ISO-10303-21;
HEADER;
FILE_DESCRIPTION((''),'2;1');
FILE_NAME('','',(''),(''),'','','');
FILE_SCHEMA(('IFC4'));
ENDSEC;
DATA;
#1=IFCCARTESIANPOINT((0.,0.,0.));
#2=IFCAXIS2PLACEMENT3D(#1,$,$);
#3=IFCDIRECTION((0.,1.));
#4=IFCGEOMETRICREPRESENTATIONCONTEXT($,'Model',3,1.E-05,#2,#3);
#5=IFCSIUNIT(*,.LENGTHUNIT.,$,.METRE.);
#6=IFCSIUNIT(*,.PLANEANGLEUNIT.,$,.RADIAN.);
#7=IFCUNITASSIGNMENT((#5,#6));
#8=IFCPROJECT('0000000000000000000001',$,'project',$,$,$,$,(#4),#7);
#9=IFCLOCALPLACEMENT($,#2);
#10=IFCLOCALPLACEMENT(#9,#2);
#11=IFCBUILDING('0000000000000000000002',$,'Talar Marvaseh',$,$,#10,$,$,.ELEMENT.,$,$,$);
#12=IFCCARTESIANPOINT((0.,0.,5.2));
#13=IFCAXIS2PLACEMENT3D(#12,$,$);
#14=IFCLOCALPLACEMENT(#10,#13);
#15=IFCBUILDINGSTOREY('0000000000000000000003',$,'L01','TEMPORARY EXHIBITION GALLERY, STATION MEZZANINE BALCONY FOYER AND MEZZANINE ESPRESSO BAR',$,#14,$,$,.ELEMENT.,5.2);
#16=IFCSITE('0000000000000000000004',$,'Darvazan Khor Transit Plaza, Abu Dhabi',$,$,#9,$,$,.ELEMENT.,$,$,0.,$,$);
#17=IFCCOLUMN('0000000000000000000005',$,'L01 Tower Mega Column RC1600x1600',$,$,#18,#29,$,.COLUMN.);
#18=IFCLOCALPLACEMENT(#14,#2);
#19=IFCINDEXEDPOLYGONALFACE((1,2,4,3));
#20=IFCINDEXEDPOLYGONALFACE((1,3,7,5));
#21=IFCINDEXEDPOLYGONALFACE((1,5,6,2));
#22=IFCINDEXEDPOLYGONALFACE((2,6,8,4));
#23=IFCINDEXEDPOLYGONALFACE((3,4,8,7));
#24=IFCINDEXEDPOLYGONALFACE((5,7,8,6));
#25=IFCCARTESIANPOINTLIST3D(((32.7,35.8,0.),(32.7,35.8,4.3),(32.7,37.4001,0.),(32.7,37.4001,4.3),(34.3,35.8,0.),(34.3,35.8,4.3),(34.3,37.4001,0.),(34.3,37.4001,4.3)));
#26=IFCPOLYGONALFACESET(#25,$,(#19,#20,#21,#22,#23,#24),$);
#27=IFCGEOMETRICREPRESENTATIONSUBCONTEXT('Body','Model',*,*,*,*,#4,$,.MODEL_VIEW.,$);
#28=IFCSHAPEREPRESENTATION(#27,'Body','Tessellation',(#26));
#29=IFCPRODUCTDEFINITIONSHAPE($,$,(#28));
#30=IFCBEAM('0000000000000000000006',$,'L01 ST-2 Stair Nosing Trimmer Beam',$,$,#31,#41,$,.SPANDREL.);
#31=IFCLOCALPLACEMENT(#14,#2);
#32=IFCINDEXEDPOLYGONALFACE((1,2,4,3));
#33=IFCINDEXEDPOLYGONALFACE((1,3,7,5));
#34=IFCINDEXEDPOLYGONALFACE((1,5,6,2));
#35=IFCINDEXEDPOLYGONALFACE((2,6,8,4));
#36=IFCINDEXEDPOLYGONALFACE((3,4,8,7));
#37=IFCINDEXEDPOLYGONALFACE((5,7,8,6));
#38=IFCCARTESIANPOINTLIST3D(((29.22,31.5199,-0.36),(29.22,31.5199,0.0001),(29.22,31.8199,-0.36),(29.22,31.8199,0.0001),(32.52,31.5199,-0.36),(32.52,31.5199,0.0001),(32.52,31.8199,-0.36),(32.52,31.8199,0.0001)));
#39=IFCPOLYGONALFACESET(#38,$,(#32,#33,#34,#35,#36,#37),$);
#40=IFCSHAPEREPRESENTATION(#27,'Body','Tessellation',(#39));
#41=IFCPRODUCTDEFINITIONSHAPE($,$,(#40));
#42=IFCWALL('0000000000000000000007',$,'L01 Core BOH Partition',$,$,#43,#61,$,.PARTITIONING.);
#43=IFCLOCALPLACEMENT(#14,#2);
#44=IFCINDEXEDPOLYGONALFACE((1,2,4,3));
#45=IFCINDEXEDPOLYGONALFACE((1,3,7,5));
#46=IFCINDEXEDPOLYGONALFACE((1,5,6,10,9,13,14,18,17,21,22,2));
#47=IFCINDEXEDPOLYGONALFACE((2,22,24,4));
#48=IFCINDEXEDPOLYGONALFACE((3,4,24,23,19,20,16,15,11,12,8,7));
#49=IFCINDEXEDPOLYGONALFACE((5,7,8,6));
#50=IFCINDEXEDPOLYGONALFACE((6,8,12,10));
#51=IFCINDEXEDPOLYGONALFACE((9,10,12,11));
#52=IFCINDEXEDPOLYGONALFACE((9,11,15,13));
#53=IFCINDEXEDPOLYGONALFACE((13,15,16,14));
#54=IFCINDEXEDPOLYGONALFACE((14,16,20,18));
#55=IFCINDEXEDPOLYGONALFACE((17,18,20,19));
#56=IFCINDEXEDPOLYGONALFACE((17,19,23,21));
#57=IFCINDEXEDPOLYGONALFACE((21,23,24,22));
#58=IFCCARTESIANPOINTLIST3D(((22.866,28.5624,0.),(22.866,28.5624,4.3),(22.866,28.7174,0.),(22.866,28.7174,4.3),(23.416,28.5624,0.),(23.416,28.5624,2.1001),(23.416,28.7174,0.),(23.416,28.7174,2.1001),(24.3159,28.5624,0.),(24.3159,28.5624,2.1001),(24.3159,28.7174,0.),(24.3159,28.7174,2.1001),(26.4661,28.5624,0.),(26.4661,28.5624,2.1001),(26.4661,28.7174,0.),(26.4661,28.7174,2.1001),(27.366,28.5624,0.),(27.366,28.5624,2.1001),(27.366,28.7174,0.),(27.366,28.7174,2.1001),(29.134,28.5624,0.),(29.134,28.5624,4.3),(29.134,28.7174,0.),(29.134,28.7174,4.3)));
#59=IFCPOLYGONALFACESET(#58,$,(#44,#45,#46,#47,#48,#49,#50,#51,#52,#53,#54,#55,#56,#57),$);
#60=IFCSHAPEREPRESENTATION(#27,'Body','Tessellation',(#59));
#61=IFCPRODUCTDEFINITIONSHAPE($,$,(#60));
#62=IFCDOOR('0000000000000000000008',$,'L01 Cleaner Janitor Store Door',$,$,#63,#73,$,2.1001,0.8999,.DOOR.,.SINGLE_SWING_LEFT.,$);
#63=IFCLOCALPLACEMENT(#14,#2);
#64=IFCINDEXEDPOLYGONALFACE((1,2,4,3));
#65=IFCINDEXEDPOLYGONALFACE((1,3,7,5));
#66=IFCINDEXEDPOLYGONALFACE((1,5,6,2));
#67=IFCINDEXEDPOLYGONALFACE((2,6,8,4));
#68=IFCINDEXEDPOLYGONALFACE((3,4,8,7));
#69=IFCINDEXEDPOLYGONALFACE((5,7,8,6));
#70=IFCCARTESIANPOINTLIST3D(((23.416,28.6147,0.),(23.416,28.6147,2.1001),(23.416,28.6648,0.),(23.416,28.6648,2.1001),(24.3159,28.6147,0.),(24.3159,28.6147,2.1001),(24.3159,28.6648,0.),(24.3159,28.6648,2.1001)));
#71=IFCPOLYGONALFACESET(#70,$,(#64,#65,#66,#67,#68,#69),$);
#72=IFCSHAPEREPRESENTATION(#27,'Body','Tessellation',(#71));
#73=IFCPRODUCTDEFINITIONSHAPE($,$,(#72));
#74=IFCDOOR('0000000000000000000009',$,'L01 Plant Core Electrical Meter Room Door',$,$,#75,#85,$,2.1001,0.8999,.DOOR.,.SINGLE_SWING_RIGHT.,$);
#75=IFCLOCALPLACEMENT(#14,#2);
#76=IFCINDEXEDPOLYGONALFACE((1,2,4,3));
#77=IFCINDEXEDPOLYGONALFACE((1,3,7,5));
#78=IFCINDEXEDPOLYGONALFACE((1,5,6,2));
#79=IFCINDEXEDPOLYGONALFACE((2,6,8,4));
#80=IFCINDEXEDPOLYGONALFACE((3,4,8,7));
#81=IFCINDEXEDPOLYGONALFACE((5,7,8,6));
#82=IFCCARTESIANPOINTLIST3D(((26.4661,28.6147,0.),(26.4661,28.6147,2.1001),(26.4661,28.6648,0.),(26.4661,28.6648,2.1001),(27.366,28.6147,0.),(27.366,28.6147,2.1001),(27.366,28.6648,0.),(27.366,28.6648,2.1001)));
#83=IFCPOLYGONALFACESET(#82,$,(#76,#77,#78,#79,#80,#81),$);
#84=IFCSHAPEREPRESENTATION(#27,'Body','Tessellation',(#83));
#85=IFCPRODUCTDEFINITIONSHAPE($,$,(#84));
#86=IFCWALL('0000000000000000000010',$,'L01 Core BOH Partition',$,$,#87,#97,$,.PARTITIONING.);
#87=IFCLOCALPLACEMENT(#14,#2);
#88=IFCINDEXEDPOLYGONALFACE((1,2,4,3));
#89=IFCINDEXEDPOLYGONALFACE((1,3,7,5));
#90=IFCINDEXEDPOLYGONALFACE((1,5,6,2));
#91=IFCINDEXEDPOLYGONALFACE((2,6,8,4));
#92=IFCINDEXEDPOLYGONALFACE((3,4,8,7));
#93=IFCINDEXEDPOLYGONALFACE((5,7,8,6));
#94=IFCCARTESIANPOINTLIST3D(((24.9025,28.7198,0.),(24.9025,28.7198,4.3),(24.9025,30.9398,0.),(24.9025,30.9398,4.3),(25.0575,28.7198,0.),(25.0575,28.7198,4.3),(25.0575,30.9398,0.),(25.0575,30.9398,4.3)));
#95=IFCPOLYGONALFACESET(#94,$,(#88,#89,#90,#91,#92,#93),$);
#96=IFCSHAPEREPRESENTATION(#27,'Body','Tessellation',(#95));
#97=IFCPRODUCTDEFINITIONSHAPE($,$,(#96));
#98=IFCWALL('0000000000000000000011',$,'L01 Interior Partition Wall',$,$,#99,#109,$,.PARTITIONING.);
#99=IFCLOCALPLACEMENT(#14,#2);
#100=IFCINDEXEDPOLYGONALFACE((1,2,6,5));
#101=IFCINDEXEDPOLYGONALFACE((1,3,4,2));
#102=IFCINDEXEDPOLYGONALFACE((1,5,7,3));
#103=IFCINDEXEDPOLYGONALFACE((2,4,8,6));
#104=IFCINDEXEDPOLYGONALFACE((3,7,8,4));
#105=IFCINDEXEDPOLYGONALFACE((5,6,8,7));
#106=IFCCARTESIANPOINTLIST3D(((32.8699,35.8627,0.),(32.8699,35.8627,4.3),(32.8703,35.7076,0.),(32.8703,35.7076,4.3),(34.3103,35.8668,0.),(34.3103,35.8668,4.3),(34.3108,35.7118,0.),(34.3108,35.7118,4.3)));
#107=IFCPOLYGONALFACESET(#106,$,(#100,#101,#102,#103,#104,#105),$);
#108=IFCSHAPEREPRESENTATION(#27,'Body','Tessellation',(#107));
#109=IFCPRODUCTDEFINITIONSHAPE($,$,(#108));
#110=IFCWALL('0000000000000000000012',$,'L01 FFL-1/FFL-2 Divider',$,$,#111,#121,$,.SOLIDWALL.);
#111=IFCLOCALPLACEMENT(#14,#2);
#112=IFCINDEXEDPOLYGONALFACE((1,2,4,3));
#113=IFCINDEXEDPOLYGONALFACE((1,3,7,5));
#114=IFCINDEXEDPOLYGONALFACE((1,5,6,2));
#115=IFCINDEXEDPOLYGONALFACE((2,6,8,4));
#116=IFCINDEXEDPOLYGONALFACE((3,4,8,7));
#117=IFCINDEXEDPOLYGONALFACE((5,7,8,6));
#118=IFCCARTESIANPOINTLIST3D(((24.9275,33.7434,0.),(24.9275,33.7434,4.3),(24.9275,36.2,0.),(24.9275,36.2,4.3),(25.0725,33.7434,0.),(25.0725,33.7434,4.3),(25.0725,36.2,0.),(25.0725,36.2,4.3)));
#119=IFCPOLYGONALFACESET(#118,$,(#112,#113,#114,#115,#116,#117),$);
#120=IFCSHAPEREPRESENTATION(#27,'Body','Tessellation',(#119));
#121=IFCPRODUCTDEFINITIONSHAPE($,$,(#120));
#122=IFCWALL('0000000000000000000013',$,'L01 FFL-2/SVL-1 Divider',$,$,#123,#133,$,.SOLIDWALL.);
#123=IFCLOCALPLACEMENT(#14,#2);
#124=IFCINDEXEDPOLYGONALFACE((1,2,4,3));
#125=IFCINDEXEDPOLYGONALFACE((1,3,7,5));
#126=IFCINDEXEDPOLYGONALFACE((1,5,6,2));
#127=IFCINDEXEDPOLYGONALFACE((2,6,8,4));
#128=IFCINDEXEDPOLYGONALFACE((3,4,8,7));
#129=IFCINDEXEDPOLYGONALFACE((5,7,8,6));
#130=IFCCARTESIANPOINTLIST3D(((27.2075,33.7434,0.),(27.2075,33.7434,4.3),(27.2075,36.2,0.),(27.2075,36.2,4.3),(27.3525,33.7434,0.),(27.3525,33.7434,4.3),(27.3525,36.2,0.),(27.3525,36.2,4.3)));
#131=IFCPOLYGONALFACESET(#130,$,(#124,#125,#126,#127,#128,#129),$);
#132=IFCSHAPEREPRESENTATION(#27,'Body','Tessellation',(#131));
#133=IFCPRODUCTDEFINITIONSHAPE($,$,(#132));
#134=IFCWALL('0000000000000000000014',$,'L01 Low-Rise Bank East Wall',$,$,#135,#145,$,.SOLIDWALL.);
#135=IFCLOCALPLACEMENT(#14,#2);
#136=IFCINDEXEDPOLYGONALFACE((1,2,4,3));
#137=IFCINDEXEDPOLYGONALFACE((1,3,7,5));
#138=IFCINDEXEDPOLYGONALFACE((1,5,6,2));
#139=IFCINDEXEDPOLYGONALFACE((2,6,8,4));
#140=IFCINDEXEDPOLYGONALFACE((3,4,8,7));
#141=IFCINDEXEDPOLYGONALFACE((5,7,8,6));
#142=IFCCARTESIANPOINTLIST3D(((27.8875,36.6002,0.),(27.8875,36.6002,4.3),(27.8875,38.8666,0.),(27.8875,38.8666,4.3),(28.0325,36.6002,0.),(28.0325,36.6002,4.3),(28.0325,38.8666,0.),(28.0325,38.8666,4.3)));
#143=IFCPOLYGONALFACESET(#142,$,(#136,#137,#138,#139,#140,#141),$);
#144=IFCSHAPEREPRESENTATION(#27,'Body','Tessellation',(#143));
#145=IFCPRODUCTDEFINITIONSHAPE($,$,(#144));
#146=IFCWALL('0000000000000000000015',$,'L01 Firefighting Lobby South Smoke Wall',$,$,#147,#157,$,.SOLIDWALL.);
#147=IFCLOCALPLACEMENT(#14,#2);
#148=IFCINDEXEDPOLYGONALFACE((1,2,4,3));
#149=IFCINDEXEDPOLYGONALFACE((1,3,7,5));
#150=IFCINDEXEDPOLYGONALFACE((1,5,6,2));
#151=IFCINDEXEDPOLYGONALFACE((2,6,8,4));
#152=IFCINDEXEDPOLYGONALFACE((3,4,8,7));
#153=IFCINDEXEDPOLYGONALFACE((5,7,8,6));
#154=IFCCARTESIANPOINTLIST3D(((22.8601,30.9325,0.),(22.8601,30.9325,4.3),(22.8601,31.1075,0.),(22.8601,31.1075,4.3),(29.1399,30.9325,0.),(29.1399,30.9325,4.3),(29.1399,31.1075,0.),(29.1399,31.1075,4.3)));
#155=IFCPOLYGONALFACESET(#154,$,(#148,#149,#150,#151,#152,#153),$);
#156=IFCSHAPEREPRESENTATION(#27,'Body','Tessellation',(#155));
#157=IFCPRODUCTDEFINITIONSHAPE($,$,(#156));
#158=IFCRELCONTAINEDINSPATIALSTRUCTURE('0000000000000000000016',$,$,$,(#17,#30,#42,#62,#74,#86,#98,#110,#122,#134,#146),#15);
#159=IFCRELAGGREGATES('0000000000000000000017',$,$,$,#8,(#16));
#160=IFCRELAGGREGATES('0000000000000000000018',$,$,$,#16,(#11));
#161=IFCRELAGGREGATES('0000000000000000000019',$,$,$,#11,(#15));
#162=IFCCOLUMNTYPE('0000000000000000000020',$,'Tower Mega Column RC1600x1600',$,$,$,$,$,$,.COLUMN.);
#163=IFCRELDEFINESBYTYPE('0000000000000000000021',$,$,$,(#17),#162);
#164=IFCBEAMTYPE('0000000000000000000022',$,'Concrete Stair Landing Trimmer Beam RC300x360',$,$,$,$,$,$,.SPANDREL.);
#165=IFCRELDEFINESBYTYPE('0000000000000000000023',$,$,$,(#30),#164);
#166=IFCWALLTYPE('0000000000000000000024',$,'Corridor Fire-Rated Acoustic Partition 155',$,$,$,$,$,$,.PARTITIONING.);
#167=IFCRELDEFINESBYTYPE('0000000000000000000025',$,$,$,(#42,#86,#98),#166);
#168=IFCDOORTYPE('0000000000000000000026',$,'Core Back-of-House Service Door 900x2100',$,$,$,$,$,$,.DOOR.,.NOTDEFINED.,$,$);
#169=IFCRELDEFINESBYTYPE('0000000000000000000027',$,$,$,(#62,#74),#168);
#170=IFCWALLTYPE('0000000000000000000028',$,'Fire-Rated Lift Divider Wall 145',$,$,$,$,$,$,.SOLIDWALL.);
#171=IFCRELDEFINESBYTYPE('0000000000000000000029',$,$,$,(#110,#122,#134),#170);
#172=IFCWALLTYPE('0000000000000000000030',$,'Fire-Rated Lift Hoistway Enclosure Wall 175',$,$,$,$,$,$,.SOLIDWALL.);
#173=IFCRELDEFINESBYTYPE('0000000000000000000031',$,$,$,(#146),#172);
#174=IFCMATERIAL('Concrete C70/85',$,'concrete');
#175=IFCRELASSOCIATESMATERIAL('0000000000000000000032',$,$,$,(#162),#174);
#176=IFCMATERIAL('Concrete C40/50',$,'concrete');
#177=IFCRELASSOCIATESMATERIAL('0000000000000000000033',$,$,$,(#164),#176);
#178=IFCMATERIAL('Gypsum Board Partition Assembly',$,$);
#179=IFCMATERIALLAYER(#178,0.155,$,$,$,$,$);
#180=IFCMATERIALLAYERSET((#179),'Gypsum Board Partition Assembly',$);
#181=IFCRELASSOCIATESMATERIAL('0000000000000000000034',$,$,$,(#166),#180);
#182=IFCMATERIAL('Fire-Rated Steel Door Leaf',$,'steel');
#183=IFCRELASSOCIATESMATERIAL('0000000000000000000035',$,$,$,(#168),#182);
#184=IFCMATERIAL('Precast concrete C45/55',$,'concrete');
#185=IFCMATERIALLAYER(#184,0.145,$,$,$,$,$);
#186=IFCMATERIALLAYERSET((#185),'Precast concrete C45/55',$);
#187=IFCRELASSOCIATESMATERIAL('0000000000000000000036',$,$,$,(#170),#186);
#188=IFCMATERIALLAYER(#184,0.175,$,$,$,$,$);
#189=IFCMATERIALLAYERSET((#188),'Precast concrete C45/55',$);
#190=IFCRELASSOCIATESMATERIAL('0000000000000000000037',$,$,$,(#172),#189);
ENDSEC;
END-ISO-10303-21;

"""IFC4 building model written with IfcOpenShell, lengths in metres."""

from ifc_helpers import new_model, si_unit, direction, frame, frame_2d, origin, origin_2d, place, context, subcontext, project, spatial, rectangle, extrude, source, transform, mapped, material, layer, layer_set, material_profile, profile_set, type_object, type_shapes, element, fill, save


model = new_model("IFC4")

# Units and contexts
model_context = context("Model", 3, precision=1e-05, world=origin(), true_north=direction((0.0, 1.0)))
body_context = subcontext(model_context, "Body", "Model", "MODEL_VIEW")
ifc_project = project(units=[si_unit("LENGTHUNIT", "METRE"), si_unit("PLANEANGLEUNIT", "RADIAN")], contexts=[model_context])

# Site, building, storey
site_placement = place(None, origin())
site = spatial("IfcSite", under=ifc_project, at=site_placement, Name="Darvazan Khor Transit Plaza, Abu Dhabi", CompositionType="ELEMENT", RefElevation=0.0)
building_placement = place(site_placement, origin())
building = spatial("IfcBuilding", under=site, at=building_placement, Name="Talar Marvaseh", CompositionType="ELEMENT")
storey_placement = place(building_placement, frame((0.0, 0.0, 5.2)))
storey = spatial("IfcBuildingStorey", under=building, at=storey_placement, Name="L01", Description="TEMPORARY EXHIBITION GALLERY, STATION MEZZANINE BALCONY FOYER AND MEZZANINE ESPRESSO BAR", CompositionType="ELEMENT", Elevation=5.2)

# Column
ifc_material_1 = material(Name="Concrete C70/85", Category="concrete")
ifc_material_profile_1 = material_profile(ifc_material_1, rectangle(XDim=1.6001, YDim=1.6001, at=origin_2d()), Name="RC1600x1600")
ifc_profile_set_1 = profile_set([ifc_material_profile_1], Name="Concrete C70/85")
column_type = type_object("IfcColumnType", Name="Tower Mega Column RC1600x1600", PredefinedType="COLUMN", material=ifc_profile_set_1)
column_placement = place(storey_placement, frame((33.5, 36.6001, 0.0), z_axis=(0.0, 0.0, 1.0), x_axis=(1.0, 0.0, 0.0)))
element("IfcColumn", 1, at=column_placement, inside=storey, type_object=column_type, Name="L01 Tower Mega Column RC1600x1600", PredefinedType="COLUMN", context=body_context, shape_type="SweptSolid", body=[
    extrude(rectangle(XDim=1.6001, YDim=1.6001, at=origin_2d()), origin(), (0.0, 0.0, 1.0), 4.3),
])

# Beam
ifc_material_2 = material(Name="Concrete C40/50", Category="concrete")
ifc_material_profile_2 = material_profile(ifc_material_2, rectangle(XDim=0.3, YDim=0.3601, at=origin_2d()), Name="RC300x360")
ifc_profile_set_2 = profile_set([ifc_material_profile_2], Name="Concrete C40/50")
beam_type = type_object("IfcBeamType", Name="Concrete Stair Landing Trimmer Beam RC300x360", PredefinedType="SPANDREL", material=ifc_profile_set_2)
beam_placement = place(storey_placement, frame((29.22, 31.6699, -0.1799), z_axis=(1.0, 0.0, 0.0), x_axis=(0.0, 1.0, 0.0)))
element("IfcBeam", 2, at=beam_placement, inside=storey, type_object=beam_type, Name="L01 ST-2 Stair Nosing Trimmer Beam", PredefinedType="SPANDREL", context=body_context, shape_type="SweptSolid", body=[
    extrude(rectangle(XDim=0.3, YDim=0.3601, at=origin_2d()), origin(), (0.0, 0.0, 1.0), 3.3),
])

# Wall, openings, doors
ifc_material_3 = material(Name="Gypsum Board Partition Assembly")
ifc_layer_1 = layer(ifc_material_3, 0.155)
ifc_layer_set_1 = layer_set([ifc_layer_1], Name="Gypsum Board Partition Assembly")
wall_type_1 = type_object("IfcWallType", Name="Corridor Fire-Rated Acoustic Partition 155", PredefinedType="PARTITIONING", material=ifc_layer_set_1)
wall_1_placement = place(storey_placement, frame((22.866, 28.6399, 0.0), z_axis=(0.0, 0.0, 1.0), x_axis=(1.0, 0.0, 0.0)))
wall_1 = element("IfcWall", 3, at=wall_1_placement, inside=storey, type_object=wall_type_1, Name="L01 Core BOH Partition", PredefinedType="PARTITIONING", context=body_context, shape_type="SweptSolid", body=[
    extrude(rectangle(XDim=6.2681, YDim=0.155, at=frame_2d((3.134, 0.0))), origin(), (0.0, 0.0, 1.0), 4.3),
])
opening_1_placement = place(wall_1_placement, frame((0.55, 0.0, 0.0)))
opening_1 = element("IfcOpeningElement", 4, at=opening_1_placement, cuts=wall_1, PredefinedType="OPENING", context=body_context, shape_type="SweptSolid", body=[
    extrude(rectangle(XDim=0.8999, YDim=2.1001, at=frame_2d((0.45, 1.05))), frame((0.0, 0.0874, 0.0), z_axis=(0.0, -1.0, 0.0), x_axis=(1.0, 0.0, 0.0)), (0.0, 0.0, 1.0), 0.175),
])
opening_2_placement = place(wall_1_placement, frame((3.6001, 0.0, 0.0)))
opening_2 = element("IfcOpeningElement", 5, at=opening_2_placement, cuts=wall_1, PredefinedType="OPENING", context=body_context, shape_type="SweptSolid", body=[
    extrude(rectangle(XDim=0.8999, YDim=2.1001, at=frame_2d((0.45, 1.05))), frame((0.0, 0.0874, 0.0), z_axis=(0.0, -1.0, 0.0), x_axis=(1.0, 0.0, 0.0)), (0.0, 0.0, 1.0), 0.175),
])
ifc_material_4 = material(Name="Fire-Rated Steel Door Leaf", Category="steel")
door_type_1 = type_object("IfcDoorType", Name="Core Back-of-House Service Door 900x2100", OperationType="NOTDEFINED", PredefinedType="DOOR", material=ifc_material_4)
shared_shape_1 = source(origin(), body_context, "Body", "SweptSolid", [
    extrude(rectangle(XDim=0.8999, YDim=2.1001, at=frame_2d((0.45, 1.05))), frame((0.0, 0.0249, 0.0), z_axis=(0.0, -1.0, 0.0), x_axis=(1.0, 0.0, 0.0)), (0.0, 0.0, 1.0), 0.05),
])
type_shapes(door_type_1, [shared_shape_1])
door_1_placement = place(opening_1_placement, origin())
door_1 = element("IfcDoor", 6, at=door_1_placement, inside=storey, type_object=door_type_1, Name="L01 Cleaner Janitor Store Door", OperationType="SINGLE_SWING_LEFT", OverallHeight=2.1001, OverallWidth=0.8999, PredefinedType="DOOR", context=body_context, shape_type="MappedRepresentation", body=[
    mapped(shared_shape_1, transform((0.0, 0.0, 0.0), x_axis=(1.0, 0.0, 0.0), y_axis=(0.0, 1.0, 0.0), z_axis=(0.0, 0.0, 1.0), scale=1.0)),
])
fill(opening_1, door_1)
door_2_placement = place(opening_2_placement, origin())
door_2 = element("IfcDoor", 7, at=door_2_placement, inside=storey, type_object=door_type_1, Name="L01 Plant Core Electrical Meter Room Door", OperationType="SINGLE_SWING_RIGHT", OverallHeight=2.1001, OverallWidth=0.8999, PredefinedType="DOOR", context=body_context, shape_type="MappedRepresentation", body=[
    mapped(shared_shape_1, transform((0.0, 0.0, 0.0), x_axis=(1.0, 0.0, 0.0), y_axis=(0.0, 1.0, 0.0), z_axis=(0.0, 0.0, 1.0), scale=1.0)),
])
fill(opening_2, door_2)

# Walls
wall_2_placement = place(storey_placement, frame((24.98, 28.72, 0.0), z_axis=(0.0, 0.0, 1.0), x_axis=(0.0, 1.0, 0.0)))
element("IfcWall", 8, at=wall_2_placement, inside=storey, type_object=wall_type_1, Name="L01 Core BOH Partition", PredefinedType="PARTITIONING", context=body_context, shape_type="SweptSolid", body=[
    extrude(rectangle(XDim=2.22, YDim=0.155, at=frame_2d((1.1099, 0.0))), origin(), (0.0, 0.0, 1.0), 4.3),
])
wall_3_placement = place(storey_placement, frame((32.8701, 35.7852, 0.0), z_axis=(0.0, 0.0, 1.0), x_axis=(0.999996, 0.002881, 0.0)))
element("IfcWall", 9, at=wall_3_placement, inside=storey, type_object=wall_type_1, Name="L01 Interior Partition Wall", PredefinedType="PARTITIONING", context=body_context, shape_type="SweptSolid", body=[
    extrude(rectangle(XDim=1.4404, YDim=0.155, at=frame_2d((0.7202, 0.0))), origin(), (0.0, 0.0, 1.0), 4.3),
])
ifc_material_5 = material(Name="Precast concrete C45/55", Category="concrete")
ifc_layer_2 = layer(ifc_material_5, 0.145)
ifc_layer_set_2 = layer_set([ifc_layer_2], Name="Precast concrete C45/55")
wall_type_2 = type_object("IfcWallType", Name="Fire-Rated Lift Divider Wall 145", PredefinedType="SOLIDWALL", material=ifc_layer_set_2)
for number, where, z_axis, x_axis, name in (
    (10, (25.0, 33.7434, 0.0), (0.0, 0.0, 1.0), (0.0, 1.0, 0.0), "L01 FFL-1/FFL-2 Divider"),
    (11, (27.28, 33.7434, 0.0), (0.0, 0.0, 1.0), (0.0, 1.0, 0.0), "L01 FFL-2/SVL-1 Divider"),
):
    element("IfcWall", number, at=place(storey_placement, frame(where, z_axis=z_axis, x_axis=x_axis)), inside=storey, type_object=wall_type_2, Name=name, PredefinedType="SOLIDWALL", context=body_context, shape_type="SweptSolid", body=[
        extrude(rectangle(XDim=2.4565, YDim=0.145, at=frame_2d((1.2283, 0.0))), origin(), (0.0, 0.0, 1.0), 4.3),
    ])
wall_4_placement = place(storey_placement, frame((27.96, 36.6001, 0.0), z_axis=(0.0, 0.0, 1.0), x_axis=(0.0, 1.0, 0.0)))
element("IfcWall", 12, at=wall_4_placement, inside=storey, type_object=wall_type_2, Name="L01 Low-Rise Bank East Wall", PredefinedType="SOLIDWALL", context=body_context, shape_type="SweptSolid", body=[
    extrude(rectangle(XDim=2.2664, YDim=0.145, at=frame_2d((1.1333, 0.0))), origin(), (0.0, 0.0, 1.0), 4.3),
])

# Shared definitions
ifc_layer_3 = layer(ifc_material_5, 0.175)
ifc_layer_set_3 = layer_set([ifc_layer_3], Name="Precast concrete C45/55")
wall_type_3 = type_object("IfcWallType", Name="Fire-Rated Lift Hoistway Enclosure Wall 175", PredefinedType="SOLIDWALL", material=ifc_layer_set_3)

# Wall
wall_5_placement = place(storey_placement, frame((22.8601, 31.02, 0.0), z_axis=(0.0, 0.0, 1.0), x_axis=(1.0, 0.0, 0.0)))
element("IfcWall", 13, at=wall_5_placement, inside=storey, type_object=wall_type_3, Name="L01 Firefighting Lobby South Smoke Wall", PredefinedType="SOLIDWALL", context=body_context, shape_type="SweptSolid", body=[
    extrude(rectangle(XDim=6.2798, YDim=0.175, at=frame_2d((3.1399, 0.0))), origin(), (0.0, 0.0, 1.0), 4.3),
])

save(model, "model.ifc")
